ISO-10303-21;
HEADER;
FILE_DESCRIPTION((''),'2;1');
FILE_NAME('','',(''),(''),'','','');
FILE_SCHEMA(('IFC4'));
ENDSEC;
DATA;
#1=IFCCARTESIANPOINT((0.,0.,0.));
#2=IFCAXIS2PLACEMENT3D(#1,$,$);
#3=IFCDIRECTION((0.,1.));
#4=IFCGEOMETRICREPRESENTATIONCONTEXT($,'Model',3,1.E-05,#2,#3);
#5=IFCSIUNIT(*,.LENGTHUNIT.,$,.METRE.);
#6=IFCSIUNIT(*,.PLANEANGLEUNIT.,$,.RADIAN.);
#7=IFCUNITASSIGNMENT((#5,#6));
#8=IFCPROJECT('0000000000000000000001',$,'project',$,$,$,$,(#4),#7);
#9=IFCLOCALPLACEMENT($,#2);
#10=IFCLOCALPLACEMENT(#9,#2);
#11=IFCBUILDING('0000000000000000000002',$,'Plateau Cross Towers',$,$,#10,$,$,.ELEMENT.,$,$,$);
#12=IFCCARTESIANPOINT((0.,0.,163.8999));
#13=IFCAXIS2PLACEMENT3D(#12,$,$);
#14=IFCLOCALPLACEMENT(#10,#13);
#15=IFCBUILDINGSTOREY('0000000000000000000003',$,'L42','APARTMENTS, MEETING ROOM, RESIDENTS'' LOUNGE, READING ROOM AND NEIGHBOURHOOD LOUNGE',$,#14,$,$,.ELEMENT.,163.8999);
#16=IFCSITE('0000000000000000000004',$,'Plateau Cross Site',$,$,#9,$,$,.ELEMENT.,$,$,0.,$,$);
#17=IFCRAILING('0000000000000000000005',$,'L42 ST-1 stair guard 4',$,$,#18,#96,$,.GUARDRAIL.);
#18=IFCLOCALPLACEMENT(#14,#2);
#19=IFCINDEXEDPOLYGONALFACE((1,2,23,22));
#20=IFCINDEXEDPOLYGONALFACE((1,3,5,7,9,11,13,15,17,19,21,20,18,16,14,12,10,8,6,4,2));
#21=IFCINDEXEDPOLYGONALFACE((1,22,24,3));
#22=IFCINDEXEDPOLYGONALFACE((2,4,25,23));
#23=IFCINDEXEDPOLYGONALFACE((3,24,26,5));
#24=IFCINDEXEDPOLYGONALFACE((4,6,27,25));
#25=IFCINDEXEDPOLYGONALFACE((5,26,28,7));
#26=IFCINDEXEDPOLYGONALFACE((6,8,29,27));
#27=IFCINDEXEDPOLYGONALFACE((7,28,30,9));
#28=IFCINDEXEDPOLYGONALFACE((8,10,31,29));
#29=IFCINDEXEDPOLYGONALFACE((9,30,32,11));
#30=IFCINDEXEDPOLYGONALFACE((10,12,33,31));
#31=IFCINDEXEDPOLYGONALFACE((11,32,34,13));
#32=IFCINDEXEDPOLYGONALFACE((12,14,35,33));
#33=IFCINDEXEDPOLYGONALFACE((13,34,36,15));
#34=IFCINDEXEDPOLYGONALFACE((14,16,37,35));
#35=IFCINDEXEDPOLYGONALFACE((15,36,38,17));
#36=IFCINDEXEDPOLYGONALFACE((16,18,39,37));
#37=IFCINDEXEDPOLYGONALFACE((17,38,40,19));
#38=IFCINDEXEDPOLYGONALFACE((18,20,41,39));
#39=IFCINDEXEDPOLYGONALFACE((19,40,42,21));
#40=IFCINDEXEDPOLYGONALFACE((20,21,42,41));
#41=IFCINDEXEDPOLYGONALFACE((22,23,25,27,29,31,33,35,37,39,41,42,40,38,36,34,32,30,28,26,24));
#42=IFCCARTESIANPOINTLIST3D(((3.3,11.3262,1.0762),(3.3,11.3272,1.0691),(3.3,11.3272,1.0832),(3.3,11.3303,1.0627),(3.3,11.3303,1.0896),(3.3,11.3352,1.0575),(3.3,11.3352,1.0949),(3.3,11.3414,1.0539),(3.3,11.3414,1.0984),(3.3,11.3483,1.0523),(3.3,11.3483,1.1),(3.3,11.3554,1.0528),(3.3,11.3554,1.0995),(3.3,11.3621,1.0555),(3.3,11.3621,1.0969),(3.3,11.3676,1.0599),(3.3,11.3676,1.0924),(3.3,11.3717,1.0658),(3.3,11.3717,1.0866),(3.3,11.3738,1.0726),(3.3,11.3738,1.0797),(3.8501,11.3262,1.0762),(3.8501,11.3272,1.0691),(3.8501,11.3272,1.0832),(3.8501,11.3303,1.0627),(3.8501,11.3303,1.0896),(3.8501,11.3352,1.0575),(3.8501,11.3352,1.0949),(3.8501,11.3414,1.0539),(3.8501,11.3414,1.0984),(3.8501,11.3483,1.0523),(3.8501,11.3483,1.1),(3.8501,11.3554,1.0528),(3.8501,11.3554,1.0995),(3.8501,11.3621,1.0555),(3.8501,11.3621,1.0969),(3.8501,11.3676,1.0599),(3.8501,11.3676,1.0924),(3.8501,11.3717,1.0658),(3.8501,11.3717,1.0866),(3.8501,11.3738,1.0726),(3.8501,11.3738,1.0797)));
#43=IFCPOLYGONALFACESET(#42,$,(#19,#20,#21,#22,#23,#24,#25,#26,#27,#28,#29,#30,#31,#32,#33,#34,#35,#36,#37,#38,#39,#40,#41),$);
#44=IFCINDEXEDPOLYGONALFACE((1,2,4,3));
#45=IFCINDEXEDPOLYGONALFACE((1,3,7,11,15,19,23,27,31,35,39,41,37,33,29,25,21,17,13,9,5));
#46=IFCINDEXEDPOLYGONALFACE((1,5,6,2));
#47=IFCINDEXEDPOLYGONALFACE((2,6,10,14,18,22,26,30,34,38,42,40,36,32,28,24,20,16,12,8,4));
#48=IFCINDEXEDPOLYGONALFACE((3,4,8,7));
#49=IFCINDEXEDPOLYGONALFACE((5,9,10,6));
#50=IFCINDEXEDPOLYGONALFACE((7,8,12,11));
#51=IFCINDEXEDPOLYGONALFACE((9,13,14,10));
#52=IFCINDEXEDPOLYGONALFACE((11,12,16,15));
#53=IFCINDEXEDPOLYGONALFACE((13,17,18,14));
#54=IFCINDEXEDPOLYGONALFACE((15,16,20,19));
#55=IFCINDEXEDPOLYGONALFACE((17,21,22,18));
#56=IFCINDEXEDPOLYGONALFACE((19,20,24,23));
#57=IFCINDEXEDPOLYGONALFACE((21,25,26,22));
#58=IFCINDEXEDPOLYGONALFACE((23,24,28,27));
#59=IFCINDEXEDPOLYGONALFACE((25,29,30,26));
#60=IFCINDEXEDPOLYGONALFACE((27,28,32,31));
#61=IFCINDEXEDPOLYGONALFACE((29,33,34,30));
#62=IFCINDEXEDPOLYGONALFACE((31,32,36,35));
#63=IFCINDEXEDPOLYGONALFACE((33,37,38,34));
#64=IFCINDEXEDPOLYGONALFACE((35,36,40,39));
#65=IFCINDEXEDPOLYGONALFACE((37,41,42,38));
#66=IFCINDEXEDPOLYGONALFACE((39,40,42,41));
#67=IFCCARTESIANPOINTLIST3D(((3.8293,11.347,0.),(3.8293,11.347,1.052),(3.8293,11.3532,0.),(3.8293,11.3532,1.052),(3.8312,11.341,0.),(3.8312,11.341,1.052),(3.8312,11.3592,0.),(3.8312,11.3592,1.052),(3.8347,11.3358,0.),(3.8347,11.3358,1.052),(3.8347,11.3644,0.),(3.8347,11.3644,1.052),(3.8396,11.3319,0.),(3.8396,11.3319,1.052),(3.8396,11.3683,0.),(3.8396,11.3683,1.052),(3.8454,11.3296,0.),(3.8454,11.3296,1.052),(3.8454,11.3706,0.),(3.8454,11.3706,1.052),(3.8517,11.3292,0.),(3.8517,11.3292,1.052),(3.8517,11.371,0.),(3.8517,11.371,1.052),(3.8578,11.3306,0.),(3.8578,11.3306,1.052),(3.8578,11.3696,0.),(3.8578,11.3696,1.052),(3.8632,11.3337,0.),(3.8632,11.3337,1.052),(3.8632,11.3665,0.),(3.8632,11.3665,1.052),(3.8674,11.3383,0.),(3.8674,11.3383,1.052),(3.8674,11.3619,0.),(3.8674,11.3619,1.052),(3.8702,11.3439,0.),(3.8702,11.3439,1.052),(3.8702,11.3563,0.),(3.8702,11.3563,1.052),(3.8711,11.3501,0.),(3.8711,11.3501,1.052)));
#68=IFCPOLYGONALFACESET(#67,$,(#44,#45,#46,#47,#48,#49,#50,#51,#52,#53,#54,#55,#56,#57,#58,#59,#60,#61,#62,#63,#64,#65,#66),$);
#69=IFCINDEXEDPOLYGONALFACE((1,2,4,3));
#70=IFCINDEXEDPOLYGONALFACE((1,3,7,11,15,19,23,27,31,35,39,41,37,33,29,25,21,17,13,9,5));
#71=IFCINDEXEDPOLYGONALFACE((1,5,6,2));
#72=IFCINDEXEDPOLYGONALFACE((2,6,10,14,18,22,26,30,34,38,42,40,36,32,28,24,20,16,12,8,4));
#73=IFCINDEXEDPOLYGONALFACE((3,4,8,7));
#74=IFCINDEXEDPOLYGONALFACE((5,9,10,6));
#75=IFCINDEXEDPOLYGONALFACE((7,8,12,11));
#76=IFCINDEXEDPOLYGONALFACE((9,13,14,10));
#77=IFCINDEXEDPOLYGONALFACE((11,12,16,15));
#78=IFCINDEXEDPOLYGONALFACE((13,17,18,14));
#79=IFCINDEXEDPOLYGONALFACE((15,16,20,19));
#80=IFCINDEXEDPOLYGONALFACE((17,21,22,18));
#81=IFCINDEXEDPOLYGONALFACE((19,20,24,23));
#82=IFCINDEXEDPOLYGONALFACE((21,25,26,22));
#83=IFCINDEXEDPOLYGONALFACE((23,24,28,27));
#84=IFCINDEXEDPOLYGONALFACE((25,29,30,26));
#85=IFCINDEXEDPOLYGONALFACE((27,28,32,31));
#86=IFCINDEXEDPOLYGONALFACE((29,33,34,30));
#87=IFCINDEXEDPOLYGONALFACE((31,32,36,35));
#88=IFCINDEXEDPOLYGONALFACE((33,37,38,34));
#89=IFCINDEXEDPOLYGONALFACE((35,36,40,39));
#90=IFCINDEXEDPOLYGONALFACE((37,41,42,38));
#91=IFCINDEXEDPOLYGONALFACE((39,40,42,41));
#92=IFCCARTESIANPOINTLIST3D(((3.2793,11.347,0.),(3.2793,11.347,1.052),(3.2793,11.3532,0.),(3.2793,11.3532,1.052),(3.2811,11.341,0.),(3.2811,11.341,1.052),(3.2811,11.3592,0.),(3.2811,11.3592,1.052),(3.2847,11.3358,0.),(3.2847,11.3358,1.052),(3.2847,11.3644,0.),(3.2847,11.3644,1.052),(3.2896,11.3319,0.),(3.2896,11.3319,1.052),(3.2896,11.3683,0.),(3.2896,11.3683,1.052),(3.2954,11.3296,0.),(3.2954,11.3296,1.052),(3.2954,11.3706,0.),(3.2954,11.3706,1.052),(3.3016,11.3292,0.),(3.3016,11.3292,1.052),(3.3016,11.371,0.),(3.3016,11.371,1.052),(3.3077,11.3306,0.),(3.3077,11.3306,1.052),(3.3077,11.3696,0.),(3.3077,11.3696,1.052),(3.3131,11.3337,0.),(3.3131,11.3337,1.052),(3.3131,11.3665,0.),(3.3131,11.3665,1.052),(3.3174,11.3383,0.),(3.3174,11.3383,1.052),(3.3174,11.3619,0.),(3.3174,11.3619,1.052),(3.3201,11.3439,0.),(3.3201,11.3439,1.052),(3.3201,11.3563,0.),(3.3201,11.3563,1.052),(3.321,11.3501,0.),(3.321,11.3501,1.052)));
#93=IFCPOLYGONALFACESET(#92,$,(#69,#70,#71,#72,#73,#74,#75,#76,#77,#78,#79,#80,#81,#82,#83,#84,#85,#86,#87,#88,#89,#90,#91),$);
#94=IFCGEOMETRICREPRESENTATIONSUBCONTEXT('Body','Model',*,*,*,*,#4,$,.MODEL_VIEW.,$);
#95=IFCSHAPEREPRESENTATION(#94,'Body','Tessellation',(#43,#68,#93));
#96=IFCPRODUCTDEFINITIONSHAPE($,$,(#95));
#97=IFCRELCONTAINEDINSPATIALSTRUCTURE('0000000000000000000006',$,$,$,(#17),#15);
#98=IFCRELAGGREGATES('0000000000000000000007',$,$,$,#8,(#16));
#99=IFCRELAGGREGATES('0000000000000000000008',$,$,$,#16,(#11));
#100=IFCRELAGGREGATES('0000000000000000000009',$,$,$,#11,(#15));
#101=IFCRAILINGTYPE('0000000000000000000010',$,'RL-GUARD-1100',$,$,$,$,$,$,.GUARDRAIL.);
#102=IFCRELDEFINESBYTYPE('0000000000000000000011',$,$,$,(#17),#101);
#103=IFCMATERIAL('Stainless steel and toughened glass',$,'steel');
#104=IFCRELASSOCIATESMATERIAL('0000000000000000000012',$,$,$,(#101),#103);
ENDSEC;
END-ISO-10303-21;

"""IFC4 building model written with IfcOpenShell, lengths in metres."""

from ifc_helpers import new_model, si_unit, direction, frame, origin, origin_2d, place, context, subcontext, project, spatial, circle, extrude, material, type_object, element, save


model = new_model("IFC4")

# Units and contexts
model_context = context("Model", 3, precision=1e-05, world=origin(), true_north=direction((0.0, 1.0)))
body_context = subcontext(model_context, "Body", "Model", "MODEL_VIEW")
ifc_project = project(units=[si_unit("LENGTHUNIT", "METRE"), si_unit("PLANEANGLEUNIT", "RADIAN")], contexts=[model_context])

# Site, building, storey
site_placement = place(None, origin())
site = spatial("IfcSite", under=ifc_project, at=site_placement, Name="Plateau Cross Site", CompositionType="ELEMENT", RefElevation=0.0)
building_placement = place(site_placement, origin())
building = spatial("IfcBuilding", under=site, at=building_placement, Name="Plateau Cross Towers", CompositionType="ELEMENT")
storey_placement = place(building_placement, frame((0.0, 0.0, 163.8999)))
storey = spatial("IfcBuildingStorey", under=building, at=storey_placement, Name="L42", Description="APARTMENTS, MEETING ROOM, RESIDENTS' LOUNGE, READING ROOM AND NEIGHBOURHOOD LOUNGE", CompositionType="ELEMENT", Elevation=163.8999)

# Railing
ifc_material_1 = material(Name="Stainless steel and toughened glass", Category="steel")
railing_type_1 = type_object("IfcRailingType", Name="RL-GUARD-1100", PredefinedType="GUARDRAIL", material=ifc_material_1)
railing_1_placement = place(storey_placement, frame((3.8501, 11.3501, 0.0)))
element("IfcRailing", 1, at=railing_1_placement, inside=storey, type_object=railing_type_1, Name="L42 ST-1 stair guard 4", PredefinedType="GUARDRAIL", context=body_context, shape_type="SweptSolid", body=[
    extrude(circle(Radius=0.0239, at=origin_2d()), frame((0.0, 0.0, 1.0762), z_axis=(-1.0, 0.0, 0.0), x_axis=(0.0, -1.0, 0.0)), (0.0, 0.0, 1.0), 0.55),
    extrude(circle(Radius=0.021, at=origin_2d()), origin(), (0.0, 0.0, 1.0), 1.052),
    extrude(circle(Radius=0.021, at=origin_2d()), frame((-0.55, 0.0, 0.0)), (0.0, 0.0, 1.0), 1.052),
])

save(model, "model.ifc")
